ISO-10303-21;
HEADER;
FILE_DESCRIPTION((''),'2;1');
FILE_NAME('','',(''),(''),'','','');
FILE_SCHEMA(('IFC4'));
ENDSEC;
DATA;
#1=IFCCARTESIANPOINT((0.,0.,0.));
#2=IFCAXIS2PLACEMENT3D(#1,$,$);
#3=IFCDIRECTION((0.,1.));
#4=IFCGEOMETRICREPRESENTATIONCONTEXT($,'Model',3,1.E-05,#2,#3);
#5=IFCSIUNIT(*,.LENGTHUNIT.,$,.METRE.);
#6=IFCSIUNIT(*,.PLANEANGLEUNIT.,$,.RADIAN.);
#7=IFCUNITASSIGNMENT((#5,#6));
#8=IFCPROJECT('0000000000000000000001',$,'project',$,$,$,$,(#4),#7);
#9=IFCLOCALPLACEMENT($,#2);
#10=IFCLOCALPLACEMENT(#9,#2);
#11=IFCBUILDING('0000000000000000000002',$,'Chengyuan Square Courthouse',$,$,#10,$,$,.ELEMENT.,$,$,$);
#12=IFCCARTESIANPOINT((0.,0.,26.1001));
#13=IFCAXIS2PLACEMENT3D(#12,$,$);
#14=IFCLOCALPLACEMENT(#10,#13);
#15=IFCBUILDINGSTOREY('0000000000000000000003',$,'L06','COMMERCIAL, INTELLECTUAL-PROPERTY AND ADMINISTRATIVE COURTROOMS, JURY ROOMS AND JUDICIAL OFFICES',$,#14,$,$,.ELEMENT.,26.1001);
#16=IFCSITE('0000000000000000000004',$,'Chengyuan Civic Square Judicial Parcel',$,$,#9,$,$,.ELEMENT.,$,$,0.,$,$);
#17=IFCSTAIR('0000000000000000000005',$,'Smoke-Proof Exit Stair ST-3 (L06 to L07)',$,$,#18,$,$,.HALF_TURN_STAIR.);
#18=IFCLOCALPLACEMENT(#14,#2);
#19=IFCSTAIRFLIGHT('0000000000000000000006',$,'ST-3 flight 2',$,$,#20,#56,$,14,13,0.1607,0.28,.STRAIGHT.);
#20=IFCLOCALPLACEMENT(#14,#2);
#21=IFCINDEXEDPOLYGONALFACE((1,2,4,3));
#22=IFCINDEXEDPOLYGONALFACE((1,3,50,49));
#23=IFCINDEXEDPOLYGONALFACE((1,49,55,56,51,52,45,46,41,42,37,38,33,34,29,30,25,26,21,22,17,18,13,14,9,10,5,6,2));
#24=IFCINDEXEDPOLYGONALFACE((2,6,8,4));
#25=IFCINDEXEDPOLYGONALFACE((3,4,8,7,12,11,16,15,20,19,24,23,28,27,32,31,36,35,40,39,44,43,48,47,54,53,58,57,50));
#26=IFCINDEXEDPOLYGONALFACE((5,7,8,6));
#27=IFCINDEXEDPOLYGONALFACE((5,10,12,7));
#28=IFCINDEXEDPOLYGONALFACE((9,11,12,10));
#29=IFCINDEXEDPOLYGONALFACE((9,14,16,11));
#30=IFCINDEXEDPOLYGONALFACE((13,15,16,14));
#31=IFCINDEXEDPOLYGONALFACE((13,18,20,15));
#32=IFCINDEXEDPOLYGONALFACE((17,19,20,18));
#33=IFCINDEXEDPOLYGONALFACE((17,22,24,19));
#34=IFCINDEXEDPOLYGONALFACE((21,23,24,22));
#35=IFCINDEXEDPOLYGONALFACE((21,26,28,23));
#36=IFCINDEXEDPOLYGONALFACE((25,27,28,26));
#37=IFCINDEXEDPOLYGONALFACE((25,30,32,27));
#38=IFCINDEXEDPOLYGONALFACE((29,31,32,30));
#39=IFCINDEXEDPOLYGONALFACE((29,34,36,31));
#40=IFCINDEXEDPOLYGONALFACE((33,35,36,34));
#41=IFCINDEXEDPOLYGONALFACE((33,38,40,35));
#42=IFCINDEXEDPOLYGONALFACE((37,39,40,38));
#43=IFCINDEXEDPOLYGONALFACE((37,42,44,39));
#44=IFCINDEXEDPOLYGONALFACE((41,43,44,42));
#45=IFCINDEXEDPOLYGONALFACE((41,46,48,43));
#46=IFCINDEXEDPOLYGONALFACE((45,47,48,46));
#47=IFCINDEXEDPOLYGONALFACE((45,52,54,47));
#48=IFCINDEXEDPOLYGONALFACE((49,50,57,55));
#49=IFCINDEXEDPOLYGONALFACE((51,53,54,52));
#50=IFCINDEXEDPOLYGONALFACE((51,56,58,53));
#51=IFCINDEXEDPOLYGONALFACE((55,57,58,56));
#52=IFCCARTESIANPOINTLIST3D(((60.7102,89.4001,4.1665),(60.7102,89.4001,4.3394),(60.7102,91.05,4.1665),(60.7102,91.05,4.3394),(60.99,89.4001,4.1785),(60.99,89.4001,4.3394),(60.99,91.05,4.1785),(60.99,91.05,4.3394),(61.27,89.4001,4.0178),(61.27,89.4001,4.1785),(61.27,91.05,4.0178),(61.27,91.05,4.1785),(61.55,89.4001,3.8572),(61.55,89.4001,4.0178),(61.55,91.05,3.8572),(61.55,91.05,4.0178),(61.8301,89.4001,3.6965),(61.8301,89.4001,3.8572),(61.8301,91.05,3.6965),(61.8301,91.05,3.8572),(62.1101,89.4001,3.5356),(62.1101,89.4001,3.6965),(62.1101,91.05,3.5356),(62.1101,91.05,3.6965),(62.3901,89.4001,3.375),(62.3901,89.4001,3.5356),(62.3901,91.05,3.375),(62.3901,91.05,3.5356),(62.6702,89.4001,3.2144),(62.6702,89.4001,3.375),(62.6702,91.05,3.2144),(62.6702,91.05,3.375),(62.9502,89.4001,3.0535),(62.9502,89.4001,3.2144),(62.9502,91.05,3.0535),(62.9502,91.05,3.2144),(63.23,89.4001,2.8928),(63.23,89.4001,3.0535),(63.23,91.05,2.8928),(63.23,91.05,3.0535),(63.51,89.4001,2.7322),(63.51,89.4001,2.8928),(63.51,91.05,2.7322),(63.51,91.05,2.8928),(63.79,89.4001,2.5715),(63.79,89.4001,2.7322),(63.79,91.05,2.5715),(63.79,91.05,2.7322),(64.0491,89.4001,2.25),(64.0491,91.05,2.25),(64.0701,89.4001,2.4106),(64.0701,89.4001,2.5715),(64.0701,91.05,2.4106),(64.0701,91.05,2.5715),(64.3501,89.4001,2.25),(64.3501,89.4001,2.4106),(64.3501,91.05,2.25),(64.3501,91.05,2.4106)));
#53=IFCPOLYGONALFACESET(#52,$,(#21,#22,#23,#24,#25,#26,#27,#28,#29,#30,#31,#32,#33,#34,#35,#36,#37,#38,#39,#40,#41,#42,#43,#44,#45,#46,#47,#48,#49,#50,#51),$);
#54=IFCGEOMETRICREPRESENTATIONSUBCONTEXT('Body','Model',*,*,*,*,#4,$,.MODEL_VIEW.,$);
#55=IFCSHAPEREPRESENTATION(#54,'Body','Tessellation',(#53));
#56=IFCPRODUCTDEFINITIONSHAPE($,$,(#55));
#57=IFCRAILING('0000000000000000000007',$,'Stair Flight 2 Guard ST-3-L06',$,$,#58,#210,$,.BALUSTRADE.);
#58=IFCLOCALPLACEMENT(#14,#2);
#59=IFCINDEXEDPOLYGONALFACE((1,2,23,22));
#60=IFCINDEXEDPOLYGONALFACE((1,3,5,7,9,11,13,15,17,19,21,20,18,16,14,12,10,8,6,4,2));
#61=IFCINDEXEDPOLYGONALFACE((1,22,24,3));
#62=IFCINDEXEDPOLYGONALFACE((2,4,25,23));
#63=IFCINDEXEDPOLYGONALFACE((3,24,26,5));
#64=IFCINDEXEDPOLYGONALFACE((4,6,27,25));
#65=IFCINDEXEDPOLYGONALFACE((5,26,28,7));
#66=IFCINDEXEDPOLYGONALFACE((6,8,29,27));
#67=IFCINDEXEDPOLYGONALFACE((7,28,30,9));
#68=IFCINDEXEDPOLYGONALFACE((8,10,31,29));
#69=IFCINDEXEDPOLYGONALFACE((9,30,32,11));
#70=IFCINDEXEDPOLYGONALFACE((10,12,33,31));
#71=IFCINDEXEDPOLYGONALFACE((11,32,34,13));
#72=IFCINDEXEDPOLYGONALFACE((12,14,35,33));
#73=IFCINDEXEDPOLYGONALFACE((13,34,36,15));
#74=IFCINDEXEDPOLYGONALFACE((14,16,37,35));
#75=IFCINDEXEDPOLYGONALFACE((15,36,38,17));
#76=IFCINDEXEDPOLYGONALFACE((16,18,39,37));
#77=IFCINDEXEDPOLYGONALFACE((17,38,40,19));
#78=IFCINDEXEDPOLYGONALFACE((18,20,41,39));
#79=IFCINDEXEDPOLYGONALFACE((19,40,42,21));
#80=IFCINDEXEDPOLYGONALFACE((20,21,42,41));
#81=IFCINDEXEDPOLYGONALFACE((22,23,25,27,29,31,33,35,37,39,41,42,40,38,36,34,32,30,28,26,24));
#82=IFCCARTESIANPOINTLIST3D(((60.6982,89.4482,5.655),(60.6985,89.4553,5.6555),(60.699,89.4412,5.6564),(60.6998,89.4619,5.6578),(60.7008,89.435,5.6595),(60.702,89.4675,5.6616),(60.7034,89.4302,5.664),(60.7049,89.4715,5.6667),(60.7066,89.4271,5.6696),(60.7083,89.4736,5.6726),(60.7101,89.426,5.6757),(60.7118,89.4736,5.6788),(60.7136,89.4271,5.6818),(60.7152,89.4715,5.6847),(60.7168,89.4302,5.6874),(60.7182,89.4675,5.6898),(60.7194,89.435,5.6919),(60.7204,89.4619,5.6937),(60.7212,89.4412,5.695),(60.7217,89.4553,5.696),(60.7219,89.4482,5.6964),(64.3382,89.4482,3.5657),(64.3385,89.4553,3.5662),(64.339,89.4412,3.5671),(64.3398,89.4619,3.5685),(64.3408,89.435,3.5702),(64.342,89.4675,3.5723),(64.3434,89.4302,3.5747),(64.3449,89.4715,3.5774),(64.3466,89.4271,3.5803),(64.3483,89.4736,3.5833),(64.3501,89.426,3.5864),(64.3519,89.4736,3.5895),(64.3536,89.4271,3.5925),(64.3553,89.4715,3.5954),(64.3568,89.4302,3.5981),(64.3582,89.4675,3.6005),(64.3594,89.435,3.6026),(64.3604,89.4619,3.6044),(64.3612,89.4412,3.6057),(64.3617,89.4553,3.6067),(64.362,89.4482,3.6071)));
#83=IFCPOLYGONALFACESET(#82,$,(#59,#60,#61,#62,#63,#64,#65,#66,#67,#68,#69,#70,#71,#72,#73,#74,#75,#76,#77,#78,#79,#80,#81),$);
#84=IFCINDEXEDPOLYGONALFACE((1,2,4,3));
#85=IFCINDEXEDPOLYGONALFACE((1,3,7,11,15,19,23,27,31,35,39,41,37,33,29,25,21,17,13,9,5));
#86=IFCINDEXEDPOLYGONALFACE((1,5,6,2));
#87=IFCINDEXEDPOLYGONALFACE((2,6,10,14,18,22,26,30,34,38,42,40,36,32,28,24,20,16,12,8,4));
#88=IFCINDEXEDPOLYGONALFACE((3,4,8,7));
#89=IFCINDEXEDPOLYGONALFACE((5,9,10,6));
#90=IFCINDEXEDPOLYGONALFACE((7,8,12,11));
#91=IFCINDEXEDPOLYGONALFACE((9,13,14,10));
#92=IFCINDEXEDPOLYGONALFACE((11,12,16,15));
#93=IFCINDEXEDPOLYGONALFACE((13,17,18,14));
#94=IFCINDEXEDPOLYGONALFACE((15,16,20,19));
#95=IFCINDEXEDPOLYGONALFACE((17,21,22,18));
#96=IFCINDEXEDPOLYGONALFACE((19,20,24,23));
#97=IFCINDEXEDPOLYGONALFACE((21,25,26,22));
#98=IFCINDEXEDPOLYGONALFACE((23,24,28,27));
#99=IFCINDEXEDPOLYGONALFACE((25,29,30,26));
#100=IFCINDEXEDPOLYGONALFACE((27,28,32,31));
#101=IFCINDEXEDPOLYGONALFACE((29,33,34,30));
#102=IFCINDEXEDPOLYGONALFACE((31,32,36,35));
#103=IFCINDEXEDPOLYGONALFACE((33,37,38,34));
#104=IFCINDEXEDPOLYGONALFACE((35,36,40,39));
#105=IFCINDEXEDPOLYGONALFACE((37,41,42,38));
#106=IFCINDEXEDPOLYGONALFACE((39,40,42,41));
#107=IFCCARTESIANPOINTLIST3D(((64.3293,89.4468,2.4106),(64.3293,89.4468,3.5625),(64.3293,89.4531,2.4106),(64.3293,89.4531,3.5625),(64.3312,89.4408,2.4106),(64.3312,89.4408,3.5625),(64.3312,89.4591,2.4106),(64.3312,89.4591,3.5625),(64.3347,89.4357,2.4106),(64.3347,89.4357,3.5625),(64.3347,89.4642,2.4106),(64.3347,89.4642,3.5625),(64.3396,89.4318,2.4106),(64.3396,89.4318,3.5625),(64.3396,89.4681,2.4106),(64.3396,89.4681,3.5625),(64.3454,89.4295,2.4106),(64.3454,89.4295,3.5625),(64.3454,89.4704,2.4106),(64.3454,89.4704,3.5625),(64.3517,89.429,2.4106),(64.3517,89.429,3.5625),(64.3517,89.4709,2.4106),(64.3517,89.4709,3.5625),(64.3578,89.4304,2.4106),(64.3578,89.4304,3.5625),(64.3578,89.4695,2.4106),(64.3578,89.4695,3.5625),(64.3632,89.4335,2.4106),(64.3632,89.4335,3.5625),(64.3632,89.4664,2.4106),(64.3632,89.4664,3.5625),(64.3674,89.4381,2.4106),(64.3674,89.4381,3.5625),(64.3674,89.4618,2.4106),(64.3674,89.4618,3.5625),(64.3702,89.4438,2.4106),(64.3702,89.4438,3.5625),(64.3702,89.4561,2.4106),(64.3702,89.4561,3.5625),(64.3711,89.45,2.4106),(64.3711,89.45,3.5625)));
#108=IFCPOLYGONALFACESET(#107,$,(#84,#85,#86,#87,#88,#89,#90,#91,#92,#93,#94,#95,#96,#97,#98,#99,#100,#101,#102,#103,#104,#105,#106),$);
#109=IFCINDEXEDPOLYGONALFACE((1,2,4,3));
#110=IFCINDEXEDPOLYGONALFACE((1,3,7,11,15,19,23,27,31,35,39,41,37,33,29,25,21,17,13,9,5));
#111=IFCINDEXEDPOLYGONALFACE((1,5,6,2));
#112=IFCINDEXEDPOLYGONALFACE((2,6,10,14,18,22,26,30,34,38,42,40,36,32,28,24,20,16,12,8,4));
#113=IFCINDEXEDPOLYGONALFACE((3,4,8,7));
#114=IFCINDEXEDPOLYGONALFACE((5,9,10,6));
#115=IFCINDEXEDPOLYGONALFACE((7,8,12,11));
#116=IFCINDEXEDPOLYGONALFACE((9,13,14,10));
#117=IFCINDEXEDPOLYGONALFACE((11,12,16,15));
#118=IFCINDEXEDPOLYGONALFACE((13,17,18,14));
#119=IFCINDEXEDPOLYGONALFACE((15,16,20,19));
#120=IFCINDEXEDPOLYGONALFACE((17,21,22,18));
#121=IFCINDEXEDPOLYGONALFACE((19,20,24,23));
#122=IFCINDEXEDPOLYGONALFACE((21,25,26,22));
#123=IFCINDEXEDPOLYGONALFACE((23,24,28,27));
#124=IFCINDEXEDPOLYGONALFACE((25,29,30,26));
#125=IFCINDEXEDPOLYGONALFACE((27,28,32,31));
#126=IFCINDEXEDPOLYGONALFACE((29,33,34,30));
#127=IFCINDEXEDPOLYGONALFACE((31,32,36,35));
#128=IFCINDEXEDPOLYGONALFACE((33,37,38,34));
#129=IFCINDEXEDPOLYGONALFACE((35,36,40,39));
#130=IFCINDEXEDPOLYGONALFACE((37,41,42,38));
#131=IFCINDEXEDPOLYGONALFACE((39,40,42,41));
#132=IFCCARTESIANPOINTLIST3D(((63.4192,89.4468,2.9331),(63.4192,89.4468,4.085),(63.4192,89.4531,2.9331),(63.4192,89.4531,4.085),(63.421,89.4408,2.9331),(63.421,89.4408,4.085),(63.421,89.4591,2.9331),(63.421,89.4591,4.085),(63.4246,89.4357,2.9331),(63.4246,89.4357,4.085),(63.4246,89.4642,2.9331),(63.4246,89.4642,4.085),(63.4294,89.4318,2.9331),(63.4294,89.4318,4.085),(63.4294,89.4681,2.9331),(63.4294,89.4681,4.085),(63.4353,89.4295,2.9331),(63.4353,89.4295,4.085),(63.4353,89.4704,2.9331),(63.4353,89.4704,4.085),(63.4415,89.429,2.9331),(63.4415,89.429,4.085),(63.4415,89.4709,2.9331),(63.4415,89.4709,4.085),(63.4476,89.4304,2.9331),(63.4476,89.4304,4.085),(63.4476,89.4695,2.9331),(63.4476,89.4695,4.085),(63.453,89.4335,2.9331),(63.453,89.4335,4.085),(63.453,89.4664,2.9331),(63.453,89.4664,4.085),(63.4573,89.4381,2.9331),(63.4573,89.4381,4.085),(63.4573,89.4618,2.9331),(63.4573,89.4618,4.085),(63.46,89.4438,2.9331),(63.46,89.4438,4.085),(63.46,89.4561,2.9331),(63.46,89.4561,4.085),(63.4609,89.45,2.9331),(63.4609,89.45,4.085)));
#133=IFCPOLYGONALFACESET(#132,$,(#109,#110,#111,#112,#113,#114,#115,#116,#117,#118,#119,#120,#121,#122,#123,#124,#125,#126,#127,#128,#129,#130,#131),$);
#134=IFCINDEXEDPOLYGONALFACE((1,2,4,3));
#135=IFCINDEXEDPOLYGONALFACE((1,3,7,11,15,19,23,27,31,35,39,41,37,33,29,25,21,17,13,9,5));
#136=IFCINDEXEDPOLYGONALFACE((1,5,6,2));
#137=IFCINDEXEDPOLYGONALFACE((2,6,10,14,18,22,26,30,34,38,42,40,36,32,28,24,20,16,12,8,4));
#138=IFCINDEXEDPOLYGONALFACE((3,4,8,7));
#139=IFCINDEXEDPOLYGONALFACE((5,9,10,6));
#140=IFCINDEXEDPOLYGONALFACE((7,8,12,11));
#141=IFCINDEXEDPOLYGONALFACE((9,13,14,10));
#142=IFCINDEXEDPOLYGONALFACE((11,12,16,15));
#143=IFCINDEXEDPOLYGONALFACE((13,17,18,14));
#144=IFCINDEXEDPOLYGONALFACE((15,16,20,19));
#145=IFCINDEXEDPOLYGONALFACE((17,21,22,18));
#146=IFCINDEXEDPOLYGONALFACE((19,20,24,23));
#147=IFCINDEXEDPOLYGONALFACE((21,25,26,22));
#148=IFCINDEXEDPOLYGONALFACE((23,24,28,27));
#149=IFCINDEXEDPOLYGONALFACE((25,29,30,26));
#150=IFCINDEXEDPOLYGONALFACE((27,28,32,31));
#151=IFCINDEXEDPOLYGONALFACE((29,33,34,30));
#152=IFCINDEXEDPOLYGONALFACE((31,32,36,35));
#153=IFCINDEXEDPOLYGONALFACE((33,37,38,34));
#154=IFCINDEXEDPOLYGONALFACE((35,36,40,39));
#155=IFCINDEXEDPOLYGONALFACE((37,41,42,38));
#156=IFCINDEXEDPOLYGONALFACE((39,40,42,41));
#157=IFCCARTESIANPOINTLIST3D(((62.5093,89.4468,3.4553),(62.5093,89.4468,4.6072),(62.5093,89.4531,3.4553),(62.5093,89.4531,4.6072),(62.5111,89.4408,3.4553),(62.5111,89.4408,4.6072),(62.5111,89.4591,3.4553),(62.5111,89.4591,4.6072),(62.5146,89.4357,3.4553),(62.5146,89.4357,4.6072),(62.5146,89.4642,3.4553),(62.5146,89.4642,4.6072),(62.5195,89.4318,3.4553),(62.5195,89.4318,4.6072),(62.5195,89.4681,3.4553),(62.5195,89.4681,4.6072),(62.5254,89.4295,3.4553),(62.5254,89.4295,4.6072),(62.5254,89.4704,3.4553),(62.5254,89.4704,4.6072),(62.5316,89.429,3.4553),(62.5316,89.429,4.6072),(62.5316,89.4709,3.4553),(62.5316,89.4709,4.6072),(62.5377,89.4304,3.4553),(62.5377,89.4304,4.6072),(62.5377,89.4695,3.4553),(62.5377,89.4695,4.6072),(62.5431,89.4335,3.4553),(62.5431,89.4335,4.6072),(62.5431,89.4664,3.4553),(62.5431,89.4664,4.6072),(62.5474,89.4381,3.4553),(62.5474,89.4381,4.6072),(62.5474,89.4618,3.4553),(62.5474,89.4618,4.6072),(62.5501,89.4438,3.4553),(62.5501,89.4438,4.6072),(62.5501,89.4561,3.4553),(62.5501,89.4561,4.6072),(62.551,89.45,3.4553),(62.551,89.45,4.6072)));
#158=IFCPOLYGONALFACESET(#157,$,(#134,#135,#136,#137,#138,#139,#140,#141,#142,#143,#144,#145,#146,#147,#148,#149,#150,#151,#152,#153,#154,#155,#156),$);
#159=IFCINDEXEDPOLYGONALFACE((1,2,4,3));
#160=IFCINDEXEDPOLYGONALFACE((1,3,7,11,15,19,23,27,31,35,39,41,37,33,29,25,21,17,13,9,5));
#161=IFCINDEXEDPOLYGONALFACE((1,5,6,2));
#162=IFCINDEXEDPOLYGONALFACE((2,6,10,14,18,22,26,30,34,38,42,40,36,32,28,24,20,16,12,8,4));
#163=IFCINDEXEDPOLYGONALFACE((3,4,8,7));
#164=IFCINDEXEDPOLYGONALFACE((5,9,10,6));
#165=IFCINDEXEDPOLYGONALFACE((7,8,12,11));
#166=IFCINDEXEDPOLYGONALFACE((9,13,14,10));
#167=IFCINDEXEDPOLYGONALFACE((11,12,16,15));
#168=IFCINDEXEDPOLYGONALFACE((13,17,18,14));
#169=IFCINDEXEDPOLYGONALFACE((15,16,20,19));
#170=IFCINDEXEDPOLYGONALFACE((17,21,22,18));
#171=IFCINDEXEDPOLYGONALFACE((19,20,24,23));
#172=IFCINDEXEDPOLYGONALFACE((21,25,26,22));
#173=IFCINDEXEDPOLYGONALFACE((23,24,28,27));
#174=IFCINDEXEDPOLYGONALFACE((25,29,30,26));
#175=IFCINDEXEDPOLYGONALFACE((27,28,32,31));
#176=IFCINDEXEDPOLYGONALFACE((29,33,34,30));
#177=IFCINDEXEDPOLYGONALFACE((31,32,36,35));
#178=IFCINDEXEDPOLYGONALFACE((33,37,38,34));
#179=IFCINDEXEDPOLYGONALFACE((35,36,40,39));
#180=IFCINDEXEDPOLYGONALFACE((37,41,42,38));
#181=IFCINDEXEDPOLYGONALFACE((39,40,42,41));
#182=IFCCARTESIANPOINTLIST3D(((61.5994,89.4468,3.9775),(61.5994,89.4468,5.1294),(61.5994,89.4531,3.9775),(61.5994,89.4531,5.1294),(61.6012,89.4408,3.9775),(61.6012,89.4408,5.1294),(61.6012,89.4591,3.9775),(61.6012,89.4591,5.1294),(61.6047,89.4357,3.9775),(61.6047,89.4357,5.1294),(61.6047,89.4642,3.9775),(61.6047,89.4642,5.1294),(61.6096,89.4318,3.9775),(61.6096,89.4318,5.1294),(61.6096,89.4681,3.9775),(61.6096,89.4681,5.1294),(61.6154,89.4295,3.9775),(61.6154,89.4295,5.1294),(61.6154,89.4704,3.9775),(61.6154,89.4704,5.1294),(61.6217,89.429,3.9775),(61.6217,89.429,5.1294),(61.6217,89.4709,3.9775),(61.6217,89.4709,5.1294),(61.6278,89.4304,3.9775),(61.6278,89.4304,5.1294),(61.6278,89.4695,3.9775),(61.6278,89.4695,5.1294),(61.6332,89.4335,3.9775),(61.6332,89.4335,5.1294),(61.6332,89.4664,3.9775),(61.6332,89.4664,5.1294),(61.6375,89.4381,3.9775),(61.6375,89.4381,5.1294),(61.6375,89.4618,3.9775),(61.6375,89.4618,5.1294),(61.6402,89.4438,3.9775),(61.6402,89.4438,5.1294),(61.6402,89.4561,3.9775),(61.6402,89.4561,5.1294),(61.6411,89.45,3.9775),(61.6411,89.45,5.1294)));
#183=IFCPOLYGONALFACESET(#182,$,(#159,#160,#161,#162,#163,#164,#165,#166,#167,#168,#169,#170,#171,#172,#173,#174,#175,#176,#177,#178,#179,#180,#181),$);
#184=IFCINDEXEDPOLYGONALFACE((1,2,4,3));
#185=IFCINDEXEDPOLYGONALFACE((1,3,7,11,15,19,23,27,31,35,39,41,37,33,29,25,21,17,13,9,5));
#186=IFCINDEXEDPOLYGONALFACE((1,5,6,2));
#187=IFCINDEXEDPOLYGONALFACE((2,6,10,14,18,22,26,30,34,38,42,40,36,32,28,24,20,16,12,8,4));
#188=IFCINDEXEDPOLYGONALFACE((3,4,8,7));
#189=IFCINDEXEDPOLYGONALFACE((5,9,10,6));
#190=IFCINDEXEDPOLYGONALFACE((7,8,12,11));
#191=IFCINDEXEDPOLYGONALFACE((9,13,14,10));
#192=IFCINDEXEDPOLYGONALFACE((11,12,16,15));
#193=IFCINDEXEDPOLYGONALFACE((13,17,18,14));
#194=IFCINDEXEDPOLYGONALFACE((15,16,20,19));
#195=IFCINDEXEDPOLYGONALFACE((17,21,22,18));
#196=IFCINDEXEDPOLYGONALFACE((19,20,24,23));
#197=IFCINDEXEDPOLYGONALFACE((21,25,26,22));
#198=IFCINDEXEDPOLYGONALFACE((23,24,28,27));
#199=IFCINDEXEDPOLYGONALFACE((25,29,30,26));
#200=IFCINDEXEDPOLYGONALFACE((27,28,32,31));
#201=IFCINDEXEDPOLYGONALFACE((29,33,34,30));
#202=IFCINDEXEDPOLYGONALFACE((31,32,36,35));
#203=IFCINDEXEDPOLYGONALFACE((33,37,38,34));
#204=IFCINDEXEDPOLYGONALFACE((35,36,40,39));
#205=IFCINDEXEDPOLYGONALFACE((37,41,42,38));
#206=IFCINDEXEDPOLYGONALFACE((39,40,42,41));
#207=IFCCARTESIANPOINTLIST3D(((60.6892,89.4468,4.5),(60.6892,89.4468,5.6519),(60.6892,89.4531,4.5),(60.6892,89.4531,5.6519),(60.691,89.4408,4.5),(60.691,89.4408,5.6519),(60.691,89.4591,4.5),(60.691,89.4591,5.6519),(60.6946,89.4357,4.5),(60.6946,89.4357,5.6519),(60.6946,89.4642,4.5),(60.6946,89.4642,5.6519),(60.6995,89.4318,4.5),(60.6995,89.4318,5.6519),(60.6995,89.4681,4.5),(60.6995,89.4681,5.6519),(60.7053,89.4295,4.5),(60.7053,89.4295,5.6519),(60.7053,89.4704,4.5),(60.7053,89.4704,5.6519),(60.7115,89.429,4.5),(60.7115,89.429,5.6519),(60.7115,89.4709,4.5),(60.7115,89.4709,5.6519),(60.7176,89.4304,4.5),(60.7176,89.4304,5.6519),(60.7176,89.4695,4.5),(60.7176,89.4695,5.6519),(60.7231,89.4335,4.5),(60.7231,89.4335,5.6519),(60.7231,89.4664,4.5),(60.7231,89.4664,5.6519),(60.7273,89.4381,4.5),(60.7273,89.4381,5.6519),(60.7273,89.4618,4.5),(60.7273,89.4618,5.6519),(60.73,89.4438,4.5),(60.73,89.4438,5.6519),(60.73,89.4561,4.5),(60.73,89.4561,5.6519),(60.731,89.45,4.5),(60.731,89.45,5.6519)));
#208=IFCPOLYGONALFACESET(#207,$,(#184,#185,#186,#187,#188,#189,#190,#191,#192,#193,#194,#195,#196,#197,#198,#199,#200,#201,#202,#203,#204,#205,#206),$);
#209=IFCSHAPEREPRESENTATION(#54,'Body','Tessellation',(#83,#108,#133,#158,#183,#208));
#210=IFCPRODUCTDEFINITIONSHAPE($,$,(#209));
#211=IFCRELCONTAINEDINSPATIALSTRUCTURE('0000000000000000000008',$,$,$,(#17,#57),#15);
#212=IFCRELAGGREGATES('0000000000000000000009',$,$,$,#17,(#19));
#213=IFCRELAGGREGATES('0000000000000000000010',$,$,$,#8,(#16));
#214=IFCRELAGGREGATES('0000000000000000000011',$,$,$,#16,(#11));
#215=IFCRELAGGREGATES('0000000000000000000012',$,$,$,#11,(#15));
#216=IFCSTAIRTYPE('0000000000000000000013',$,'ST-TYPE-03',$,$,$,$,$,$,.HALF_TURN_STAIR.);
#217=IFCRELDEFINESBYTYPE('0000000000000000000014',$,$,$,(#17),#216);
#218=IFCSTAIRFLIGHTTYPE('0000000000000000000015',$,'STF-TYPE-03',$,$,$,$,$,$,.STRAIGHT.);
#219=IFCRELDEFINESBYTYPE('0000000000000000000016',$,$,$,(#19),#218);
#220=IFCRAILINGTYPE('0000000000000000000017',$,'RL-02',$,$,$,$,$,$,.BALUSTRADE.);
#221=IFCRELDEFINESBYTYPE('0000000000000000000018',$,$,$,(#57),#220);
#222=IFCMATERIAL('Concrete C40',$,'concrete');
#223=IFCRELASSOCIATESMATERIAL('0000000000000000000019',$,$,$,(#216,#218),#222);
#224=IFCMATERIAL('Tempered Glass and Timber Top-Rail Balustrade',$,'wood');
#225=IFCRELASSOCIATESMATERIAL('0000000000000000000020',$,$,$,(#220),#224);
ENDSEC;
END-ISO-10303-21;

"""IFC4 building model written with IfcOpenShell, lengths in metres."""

from ifc_helpers import new_model, si_unit, direction, frame, origin, origin_2d, place, context, subcontext, project, spatial, polyline, circle, outline, extrude, material, type_object, element, aggregate, save


model = new_model("IFC4")

# Units and contexts
model_context = context("Model", 3, precision=1e-05, world=origin(), true_north=direction((0.0, 1.0)))
body_context = subcontext(model_context, "Body", "Model", "MODEL_VIEW")
ifc_project = project(units=[si_unit("LENGTHUNIT", "METRE"), si_unit("PLANEANGLEUNIT", "RADIAN")], contexts=[model_context])

# Site, building, storey
site_placement = place(None, origin())
site = spatial("IfcSite", under=ifc_project, at=site_placement, Name="Chengyuan Civic Square Judicial Parcel", CompositionType="ELEMENT", RefElevation=0.0)
building_placement = place(site_placement, origin())
building = spatial("IfcBuilding", under=site, at=building_placement, Name="Chengyuan Square Courthouse", CompositionType="ELEMENT")
storey_placement = place(building_placement, frame((0.0, 0.0, 26.1001)))
storey = spatial("IfcBuildingStorey", under=building, at=storey_placement, Name="L06", Description="COMMERCIAL, INTELLECTUAL-PROPERTY AND ADMINISTRATIVE COURTROOMS, JURY ROOMS AND JUDICIAL OFFICES", CompositionType="ELEMENT", Elevation=26.1001)

# Shared definitions
ifc_material_1 = material(Name="Concrete C40", Category="concrete")

# Stair, stair flight
stair_type = type_object("IfcStairType", Name="ST-TYPE-03", PredefinedType="HALF_TURN_STAIR", material=ifc_material_1)
stair_placement = place(storey_placement, origin())
stair = element("IfcStair", 1, at=stair_placement, inside=storey, type_object=stair_type, Name="Smoke-Proof Exit Stair ST-3 (L06 to L07)", PredefinedType="HALF_TURN_STAIR")
stair_flight_type = type_object("IfcStairFlightType", Name="STF-TYPE-03", PredefinedType="STRAIGHT", material=ifc_material_1)
stair_flight_placement = place(storey_placement, frame((64.3501, 90.2251, 2.25), z_axis=(0.0, 0.0, 1.0), x_axis=(-1.0, 0.0, 0.0)))
stair_flight = element("IfcStairFlight", 2, at=stair_flight_placement, type_object=stair_flight_type, Name="ST-3 flight 2", NumberOfRisers=14, NumberOfTreads=13, PredefinedType="STRAIGHT", RiserHeight=0.1607, TreadLength=0.28, context=body_context, shape_type="SweptSolid", body=[
    extrude(outline(polyline([(0.0, 0.0), (0.0, 0.1606), (0.28, 0.1606), (0.28, 0.3215), (0.5601, 0.3215), (0.5601, 0.4822), (0.8401, 0.4822), (0.8401, 0.6428), (1.1201, 0.6428), (1.1201, 0.8035), (1.3999, 0.8035), (1.3999, 0.9644), (1.6799, 0.9644), (1.6799, 1.125), (1.96, 1.125), (1.96, 1.2856), (2.24, 1.2856), (2.24, 1.4465), (2.52, 1.4465), (2.52, 1.6072), (2.8, 1.6072), (2.8, 1.7678), (3.0801, 1.7678), (3.0801, 1.9285), (3.3601, 1.9285), (3.3601, 2.0894), (3.6399, 2.0894), (3.6399, 2.25), (3.6399, 1.9165), (0.301, 0.0), (0.0, 0.0)])), frame((0.0, 0.825, 0.0), z_axis=(0.0, -1.0, 0.0), x_axis=(1.0, 0.0, 0.0)), (0.0, 0.0, 1.0), 1.6499),
])
aggregate(stair, [stair_flight])

# Railing
ifc_material_2 = material(Name="Tempered Glass and Timber Top-Rail Balustrade", Category="wood")
railing_type_1 = type_object("IfcRailingType", Name="RL-02", PredefinedType="BALUSTRADE", material=ifc_material_2)
railing_1_placement = place(storey_placement, frame((64.3501, 89.45, 2.4106)))
element("IfcRailing", 3, at=railing_1_placement, inside=storey, type_object=railing_type_1, Name="Stair Flight 2 Guard ST-3-L06", PredefinedType="BALUSTRADE", context=body_context, shape_type="SweptSolid", body=[
    extrude(circle(Radius=0.0239, at=origin_2d()), frame((0.0, 0.0, 1.1758), z_axis=(-0.867289, 0.0, 0.497804), x_axis=(0.0, -1.0, 0.0)), (0.0, 0.0, 1.0), 4.197),
    extrude(circle(Radius=0.021, at=origin_2d()), origin(), (0.0, 0.0, 1.0), 1.1519),
    extrude(circle(Radius=0.021, at=origin_2d()), frame((-0.9102, 0.0, 0.5225)), (0.0, 0.0, 1.0), 1.1519),
    extrude(circle(Radius=0.021, at=origin_2d()), frame((-1.8201, 0.0, 1.0447)), (0.0, 0.0, 1.0), 1.1519),
    extrude(circle(Radius=0.021, at=origin_2d()), frame((-2.73, 0.0, 1.5669)), (0.0, 0.0, 1.0), 1.1519),
    extrude(circle(Radius=0.021, at=origin_2d()), frame((-3.6401, 0.0, 2.0894)), (0.0, 0.0, 1.0), 1.1519),
])

save(model, "model.ifc")
